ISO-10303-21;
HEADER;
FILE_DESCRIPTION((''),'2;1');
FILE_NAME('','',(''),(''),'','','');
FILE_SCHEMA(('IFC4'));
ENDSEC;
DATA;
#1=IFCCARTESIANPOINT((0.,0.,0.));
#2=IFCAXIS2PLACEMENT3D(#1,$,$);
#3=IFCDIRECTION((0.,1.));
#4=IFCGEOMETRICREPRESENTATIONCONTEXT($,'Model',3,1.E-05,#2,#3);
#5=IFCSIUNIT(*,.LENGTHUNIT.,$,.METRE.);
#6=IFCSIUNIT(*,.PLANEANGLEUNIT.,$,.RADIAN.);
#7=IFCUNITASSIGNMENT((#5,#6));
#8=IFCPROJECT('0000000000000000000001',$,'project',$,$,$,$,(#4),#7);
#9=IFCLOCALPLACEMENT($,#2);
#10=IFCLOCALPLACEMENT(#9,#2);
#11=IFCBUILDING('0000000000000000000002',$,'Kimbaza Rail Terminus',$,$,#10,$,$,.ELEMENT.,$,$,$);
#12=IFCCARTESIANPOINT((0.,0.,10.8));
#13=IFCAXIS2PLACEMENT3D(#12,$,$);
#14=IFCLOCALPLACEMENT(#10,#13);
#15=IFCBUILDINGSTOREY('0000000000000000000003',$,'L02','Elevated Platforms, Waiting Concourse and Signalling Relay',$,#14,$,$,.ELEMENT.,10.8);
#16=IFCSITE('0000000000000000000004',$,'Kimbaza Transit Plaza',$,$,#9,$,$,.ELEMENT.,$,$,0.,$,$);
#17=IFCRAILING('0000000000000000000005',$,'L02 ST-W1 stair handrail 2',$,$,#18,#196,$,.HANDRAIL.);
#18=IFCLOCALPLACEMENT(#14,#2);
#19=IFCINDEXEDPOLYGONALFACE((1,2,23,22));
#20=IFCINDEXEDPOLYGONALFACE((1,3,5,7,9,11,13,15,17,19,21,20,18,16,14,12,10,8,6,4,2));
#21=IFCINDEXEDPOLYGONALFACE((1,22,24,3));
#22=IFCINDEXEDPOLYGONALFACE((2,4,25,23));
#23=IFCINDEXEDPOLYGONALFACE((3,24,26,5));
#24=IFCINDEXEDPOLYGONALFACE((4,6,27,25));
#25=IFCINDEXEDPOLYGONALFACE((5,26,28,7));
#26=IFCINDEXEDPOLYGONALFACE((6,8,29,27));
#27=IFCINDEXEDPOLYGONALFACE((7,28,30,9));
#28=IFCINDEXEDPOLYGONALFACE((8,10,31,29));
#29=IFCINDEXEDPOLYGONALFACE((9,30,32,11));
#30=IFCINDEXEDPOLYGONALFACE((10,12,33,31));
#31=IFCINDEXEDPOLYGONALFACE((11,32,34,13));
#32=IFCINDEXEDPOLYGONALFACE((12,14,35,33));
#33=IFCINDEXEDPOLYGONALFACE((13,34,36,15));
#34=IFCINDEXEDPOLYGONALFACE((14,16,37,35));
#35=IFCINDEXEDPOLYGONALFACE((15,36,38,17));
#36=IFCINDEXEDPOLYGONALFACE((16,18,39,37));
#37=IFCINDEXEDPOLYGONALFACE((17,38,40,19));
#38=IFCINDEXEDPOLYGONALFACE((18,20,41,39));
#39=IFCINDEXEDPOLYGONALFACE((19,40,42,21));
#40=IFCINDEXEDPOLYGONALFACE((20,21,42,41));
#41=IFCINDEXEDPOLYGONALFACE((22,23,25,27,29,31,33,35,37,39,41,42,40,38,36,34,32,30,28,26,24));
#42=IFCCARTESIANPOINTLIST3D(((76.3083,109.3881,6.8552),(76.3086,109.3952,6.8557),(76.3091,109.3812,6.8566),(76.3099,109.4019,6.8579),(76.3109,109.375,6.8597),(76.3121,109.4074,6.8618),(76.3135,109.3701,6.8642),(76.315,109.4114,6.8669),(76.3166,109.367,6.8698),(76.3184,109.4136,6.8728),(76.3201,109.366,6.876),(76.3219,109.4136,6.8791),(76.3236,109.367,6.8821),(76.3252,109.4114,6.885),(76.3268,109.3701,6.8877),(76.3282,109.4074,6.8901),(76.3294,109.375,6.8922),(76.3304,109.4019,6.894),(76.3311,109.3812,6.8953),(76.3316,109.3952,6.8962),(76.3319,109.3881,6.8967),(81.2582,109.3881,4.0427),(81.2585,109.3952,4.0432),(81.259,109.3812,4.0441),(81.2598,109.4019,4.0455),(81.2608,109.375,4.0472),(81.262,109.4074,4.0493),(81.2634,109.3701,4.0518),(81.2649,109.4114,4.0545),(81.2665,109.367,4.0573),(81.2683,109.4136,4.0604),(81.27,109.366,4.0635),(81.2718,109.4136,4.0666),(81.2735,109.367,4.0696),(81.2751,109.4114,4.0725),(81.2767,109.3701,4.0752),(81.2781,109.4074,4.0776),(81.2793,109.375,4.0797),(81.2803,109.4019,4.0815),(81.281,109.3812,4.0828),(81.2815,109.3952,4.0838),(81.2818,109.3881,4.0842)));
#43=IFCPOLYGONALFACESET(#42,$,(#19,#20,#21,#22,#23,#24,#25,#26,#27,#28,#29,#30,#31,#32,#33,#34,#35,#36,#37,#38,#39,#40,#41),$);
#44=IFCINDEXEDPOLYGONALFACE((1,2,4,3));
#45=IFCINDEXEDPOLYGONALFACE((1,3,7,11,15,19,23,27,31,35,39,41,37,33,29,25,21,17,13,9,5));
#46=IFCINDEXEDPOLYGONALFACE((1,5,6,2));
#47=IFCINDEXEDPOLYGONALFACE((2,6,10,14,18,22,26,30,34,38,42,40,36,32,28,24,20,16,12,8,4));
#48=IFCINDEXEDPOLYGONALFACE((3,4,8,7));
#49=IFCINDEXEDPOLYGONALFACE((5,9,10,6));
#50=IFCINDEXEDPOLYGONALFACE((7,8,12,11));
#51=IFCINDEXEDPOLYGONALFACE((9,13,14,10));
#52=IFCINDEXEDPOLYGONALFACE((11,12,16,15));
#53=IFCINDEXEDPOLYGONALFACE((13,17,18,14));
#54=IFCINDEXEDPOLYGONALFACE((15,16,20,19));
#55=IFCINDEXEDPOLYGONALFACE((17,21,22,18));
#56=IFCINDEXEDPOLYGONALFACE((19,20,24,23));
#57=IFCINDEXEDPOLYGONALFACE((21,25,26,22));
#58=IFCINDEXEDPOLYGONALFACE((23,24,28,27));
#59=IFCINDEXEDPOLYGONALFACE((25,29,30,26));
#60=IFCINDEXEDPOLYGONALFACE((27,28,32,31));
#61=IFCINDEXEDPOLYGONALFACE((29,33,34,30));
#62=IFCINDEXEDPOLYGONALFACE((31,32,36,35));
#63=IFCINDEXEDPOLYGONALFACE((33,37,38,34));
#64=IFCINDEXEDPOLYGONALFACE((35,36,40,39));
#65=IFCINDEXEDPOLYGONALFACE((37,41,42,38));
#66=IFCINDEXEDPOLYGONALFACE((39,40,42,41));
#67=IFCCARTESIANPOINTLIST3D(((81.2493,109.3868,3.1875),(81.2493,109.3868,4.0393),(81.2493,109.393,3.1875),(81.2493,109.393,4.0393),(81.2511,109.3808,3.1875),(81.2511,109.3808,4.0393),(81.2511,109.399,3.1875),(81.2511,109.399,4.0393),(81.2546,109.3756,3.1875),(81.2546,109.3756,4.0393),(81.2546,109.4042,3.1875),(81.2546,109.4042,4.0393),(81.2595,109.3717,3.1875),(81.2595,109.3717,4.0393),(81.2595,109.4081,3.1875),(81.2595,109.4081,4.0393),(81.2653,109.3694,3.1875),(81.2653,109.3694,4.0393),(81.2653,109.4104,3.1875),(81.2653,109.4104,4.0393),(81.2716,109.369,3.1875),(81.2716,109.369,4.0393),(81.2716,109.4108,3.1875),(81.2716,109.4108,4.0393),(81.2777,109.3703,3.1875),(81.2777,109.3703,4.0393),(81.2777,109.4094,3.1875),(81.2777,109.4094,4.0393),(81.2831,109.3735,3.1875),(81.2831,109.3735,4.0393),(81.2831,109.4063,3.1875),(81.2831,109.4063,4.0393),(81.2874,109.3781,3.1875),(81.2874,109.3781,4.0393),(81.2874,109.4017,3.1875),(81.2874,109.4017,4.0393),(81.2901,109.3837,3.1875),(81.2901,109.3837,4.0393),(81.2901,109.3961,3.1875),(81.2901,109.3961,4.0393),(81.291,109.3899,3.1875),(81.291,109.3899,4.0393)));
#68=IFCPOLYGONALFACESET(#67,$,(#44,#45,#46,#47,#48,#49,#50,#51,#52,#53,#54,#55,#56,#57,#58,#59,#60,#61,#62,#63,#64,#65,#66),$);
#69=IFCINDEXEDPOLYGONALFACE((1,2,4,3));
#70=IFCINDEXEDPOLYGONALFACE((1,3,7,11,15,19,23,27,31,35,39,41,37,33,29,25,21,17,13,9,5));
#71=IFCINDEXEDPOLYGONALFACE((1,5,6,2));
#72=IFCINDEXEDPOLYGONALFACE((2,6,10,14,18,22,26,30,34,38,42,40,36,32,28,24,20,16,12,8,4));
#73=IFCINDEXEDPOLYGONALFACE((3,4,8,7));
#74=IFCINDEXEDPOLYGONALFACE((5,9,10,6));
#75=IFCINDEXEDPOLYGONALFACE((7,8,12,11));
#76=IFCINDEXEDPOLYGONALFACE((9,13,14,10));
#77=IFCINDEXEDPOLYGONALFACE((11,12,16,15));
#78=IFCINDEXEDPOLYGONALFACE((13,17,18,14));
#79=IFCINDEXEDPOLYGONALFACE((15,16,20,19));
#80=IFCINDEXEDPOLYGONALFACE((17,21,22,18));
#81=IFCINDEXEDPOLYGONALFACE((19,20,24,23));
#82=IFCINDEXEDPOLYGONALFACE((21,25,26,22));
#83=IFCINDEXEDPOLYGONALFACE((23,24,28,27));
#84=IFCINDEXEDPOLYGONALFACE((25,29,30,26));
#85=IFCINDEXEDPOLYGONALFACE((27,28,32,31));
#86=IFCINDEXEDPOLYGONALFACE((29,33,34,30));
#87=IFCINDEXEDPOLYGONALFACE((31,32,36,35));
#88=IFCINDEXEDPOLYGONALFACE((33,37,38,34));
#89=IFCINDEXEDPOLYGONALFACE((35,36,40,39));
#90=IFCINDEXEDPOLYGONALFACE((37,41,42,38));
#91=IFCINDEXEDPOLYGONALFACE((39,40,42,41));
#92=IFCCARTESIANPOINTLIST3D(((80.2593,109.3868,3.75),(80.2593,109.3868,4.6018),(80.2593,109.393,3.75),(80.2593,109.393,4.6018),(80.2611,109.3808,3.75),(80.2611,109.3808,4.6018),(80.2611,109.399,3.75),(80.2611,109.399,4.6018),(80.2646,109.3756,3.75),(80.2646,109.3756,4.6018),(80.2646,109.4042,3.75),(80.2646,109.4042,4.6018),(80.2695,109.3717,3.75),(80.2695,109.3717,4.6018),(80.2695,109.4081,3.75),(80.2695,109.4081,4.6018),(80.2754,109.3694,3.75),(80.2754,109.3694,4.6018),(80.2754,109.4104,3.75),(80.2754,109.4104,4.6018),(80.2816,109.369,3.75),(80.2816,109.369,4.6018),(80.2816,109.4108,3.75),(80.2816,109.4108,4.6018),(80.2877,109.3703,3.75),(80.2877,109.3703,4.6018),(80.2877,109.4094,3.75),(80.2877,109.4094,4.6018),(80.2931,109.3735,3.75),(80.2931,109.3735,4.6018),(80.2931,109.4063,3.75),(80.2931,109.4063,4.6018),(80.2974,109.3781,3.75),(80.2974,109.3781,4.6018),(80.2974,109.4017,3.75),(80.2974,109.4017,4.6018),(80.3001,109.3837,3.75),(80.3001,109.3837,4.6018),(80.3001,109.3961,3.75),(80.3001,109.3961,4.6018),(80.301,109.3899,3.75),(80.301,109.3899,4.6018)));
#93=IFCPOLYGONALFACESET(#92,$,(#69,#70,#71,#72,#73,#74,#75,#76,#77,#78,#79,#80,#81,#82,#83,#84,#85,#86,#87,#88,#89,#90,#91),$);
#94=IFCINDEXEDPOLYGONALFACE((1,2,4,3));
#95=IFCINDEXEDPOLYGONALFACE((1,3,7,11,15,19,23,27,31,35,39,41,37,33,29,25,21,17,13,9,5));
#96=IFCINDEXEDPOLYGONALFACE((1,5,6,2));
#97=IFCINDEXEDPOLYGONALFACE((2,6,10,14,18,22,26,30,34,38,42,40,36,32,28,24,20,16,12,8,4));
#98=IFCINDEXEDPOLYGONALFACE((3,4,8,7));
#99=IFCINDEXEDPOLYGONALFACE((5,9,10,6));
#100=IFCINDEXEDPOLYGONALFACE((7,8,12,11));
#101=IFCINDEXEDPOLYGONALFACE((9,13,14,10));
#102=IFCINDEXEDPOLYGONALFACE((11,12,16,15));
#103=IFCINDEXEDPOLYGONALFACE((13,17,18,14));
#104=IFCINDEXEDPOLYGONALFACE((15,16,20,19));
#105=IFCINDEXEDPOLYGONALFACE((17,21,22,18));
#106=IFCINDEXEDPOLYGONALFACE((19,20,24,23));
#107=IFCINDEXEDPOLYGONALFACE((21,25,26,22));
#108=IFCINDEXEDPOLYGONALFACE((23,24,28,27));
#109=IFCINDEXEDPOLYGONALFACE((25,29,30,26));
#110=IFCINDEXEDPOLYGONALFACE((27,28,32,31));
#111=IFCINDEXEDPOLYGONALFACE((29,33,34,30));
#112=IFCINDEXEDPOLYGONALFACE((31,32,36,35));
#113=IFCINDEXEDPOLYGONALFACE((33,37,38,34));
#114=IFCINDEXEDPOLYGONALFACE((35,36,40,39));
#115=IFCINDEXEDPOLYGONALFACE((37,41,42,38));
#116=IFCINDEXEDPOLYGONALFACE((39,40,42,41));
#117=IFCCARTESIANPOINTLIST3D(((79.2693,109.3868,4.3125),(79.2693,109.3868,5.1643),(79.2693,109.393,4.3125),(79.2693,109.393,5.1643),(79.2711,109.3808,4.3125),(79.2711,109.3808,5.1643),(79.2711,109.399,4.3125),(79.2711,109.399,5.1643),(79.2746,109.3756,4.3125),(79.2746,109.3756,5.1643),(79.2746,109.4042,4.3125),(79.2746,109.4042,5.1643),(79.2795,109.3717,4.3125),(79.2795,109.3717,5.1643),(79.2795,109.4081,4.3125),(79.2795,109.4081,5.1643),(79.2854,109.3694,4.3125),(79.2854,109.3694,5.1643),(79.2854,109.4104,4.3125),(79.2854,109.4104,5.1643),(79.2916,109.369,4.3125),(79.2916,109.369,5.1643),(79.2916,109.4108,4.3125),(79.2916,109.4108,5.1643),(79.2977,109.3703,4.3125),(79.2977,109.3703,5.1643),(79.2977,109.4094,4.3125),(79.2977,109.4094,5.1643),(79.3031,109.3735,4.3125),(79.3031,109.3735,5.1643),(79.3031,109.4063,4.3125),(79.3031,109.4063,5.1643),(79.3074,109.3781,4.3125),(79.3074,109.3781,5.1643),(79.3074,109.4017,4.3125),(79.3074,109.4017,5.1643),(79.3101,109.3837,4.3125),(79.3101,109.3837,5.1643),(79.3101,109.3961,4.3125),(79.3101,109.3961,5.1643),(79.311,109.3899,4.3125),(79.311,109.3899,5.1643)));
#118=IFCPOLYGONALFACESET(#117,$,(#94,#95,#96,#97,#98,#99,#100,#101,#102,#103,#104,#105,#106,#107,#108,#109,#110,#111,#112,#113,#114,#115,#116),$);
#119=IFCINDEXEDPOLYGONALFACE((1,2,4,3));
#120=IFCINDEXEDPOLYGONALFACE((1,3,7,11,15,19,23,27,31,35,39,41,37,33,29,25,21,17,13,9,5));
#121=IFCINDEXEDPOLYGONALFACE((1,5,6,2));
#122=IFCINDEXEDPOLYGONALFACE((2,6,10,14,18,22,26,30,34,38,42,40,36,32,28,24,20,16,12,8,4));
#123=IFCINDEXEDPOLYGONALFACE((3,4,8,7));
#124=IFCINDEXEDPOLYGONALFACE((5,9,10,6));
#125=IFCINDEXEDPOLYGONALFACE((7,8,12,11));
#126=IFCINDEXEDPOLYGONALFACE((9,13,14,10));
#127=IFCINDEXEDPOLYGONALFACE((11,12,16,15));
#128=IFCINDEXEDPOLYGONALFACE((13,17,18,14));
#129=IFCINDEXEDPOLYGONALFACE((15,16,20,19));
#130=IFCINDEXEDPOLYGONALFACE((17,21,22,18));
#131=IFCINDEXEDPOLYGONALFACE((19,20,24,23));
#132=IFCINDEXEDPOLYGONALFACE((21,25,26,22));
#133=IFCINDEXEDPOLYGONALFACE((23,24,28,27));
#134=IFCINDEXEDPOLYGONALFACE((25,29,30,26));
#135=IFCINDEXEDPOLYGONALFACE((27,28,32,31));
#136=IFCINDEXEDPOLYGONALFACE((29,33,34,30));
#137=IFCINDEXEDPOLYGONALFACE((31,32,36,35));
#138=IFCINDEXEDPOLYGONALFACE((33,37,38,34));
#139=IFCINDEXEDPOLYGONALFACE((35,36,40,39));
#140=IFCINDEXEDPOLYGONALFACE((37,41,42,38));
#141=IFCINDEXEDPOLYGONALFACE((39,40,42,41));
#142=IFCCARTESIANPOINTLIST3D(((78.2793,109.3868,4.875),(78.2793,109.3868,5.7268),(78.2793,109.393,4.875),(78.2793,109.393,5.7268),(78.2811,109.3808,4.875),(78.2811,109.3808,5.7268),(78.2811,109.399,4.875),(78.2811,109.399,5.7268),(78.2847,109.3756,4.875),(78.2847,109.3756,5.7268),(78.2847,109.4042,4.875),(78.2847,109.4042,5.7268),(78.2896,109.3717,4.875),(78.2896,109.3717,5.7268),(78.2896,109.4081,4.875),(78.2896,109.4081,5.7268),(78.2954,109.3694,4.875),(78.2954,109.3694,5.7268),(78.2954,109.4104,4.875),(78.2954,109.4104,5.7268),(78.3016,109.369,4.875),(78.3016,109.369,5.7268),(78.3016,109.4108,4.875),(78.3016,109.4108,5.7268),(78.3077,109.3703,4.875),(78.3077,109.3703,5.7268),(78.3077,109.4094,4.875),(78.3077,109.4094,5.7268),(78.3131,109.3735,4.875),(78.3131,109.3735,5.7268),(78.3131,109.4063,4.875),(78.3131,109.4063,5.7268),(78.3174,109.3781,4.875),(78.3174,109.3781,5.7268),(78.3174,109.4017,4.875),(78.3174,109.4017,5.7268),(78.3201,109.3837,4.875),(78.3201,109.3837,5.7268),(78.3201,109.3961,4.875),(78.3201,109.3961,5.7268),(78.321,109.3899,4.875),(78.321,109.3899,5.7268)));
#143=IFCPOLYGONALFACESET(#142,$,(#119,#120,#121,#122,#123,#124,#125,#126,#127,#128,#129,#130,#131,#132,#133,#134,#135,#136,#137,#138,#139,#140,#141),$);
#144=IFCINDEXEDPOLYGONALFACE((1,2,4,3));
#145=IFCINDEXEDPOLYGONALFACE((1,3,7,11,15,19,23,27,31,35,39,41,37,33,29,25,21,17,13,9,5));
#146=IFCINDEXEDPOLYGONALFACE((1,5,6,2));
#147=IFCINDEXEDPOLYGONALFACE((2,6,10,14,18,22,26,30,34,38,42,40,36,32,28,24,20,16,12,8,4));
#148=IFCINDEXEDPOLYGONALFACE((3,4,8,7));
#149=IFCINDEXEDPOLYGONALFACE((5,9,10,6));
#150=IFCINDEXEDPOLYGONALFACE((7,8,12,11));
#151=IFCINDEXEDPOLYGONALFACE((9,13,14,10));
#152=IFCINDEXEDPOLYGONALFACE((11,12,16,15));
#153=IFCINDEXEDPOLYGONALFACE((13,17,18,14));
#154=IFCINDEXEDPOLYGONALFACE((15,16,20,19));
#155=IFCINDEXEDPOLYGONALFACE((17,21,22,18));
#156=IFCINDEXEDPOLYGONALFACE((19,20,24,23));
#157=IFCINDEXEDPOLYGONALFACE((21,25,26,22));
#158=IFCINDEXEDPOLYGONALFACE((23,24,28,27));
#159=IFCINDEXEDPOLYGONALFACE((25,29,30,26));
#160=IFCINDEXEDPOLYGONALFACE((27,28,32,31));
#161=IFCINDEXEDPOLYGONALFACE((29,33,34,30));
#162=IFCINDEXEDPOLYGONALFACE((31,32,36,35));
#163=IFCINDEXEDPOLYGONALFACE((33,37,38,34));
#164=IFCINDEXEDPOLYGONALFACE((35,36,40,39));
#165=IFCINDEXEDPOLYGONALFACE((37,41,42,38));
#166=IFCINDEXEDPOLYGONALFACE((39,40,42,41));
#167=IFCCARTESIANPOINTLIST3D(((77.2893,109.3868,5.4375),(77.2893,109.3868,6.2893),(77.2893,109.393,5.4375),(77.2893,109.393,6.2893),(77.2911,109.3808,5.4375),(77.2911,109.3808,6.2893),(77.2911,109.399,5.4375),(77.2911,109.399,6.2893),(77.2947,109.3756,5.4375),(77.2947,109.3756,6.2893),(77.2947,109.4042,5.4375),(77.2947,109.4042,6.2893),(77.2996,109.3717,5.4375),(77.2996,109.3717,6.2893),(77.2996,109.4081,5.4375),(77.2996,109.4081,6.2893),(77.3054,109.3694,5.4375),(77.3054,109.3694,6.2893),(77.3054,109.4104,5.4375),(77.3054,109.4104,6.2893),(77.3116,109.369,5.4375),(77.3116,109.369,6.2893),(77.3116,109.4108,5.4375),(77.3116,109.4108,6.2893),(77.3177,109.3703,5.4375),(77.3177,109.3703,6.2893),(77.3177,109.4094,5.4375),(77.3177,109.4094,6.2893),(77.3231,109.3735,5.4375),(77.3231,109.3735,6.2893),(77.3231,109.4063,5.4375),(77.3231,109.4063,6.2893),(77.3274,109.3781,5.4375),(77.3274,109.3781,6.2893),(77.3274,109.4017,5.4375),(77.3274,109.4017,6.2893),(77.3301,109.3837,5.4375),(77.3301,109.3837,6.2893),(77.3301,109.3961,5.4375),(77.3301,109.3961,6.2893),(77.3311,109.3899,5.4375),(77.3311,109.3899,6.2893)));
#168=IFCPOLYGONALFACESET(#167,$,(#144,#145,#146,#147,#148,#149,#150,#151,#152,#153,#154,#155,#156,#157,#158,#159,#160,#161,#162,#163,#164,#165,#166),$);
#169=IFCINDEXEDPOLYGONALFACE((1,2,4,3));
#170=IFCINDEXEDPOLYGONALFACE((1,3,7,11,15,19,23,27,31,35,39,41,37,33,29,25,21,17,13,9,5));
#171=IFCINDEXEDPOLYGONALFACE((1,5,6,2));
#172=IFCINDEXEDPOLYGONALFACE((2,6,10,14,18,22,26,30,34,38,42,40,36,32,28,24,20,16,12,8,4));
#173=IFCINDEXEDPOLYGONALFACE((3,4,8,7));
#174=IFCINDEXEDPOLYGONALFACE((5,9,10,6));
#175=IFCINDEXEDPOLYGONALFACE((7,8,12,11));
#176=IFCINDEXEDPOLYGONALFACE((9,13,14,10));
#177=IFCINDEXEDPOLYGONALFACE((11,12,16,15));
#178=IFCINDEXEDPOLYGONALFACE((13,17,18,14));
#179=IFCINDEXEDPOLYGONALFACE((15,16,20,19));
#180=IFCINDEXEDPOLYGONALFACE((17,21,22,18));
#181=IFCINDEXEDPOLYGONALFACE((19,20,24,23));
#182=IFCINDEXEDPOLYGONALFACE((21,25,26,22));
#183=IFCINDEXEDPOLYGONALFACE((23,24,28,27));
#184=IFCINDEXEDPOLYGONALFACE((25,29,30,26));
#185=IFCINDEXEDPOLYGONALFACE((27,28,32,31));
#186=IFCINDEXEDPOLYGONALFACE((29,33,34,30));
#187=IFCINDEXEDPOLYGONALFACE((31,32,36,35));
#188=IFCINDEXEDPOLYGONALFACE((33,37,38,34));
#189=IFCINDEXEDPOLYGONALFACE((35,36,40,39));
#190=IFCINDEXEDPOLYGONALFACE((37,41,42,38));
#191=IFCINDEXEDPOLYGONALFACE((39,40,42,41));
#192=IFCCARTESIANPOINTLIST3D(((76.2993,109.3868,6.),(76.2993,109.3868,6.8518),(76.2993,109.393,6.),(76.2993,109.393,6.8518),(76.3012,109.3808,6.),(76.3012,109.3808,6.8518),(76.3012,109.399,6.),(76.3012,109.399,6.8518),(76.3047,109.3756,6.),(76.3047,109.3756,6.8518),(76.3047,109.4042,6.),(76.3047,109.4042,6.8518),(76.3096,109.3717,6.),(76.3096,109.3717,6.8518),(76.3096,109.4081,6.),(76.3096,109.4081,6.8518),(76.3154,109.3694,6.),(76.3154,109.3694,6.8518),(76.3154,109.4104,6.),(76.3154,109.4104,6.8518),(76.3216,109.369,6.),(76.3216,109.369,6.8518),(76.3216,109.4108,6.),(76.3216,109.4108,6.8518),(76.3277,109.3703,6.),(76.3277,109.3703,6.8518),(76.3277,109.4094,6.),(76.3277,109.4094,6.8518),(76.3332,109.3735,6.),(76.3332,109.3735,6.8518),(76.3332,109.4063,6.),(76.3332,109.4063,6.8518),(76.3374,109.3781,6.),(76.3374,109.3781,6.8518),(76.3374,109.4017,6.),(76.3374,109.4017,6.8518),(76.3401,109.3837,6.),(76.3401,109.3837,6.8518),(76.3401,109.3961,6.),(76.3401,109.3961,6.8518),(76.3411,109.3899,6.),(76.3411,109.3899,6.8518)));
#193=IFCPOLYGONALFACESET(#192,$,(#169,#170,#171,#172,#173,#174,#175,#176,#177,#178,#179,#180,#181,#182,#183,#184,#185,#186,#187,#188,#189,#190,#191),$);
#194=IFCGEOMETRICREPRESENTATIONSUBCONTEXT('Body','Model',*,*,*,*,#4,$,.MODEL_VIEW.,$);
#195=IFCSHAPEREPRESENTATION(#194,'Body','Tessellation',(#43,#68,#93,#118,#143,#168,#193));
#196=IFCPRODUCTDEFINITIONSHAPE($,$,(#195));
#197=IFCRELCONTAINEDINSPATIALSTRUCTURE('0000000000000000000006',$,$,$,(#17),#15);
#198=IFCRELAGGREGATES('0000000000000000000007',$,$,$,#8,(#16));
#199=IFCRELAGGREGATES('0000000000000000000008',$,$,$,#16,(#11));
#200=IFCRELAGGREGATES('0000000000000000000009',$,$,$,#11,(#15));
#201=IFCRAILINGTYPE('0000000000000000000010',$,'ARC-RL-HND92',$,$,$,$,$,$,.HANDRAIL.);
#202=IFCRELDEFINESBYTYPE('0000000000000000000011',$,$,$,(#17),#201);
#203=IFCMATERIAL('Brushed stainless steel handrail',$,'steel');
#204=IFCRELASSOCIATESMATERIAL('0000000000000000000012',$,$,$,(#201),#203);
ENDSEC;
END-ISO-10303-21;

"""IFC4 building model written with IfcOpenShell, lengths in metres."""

from ifc_helpers import new_model, si_unit, direction, frame, origin, origin_2d, place, context, subcontext, project, spatial, circle, extrude, material, type_object, element, save


model = new_model("IFC4")

# Units and contexts
model_context = context("Model", 3, precision=1e-05, world=origin(), true_north=direction((0.0, 1.0)))
body_context = subcontext(model_context, "Body", "Model", "MODEL_VIEW")
ifc_project = project(units=[si_unit("LENGTHUNIT", "METRE"), si_unit("PLANEANGLEUNIT", "RADIAN")], contexts=[model_context])

# Site, building, storey
site_placement = place(None, origin())
site = spatial("IfcSite", under=ifc_project, at=site_placement, Name="Kimbaza Transit Plaza", CompositionType="ELEMENT", RefElevation=0.0)
building_placement = place(site_placement, origin())
building = spatial("IfcBuilding", under=site, at=building_placement, Name="Kimbaza Rail Terminus", CompositionType="ELEMENT")
storey_placement = place(building_placement, frame((0.0, 0.0, 10.8)))
storey = spatial("IfcBuildingStorey", under=building, at=storey_placement, Name="L02", Description="Elevated Platforms, Waiting Concourse and Signalling Relay", CompositionType="ELEMENT", Elevation=10.8)

# Railing
ifc_material_1 = material(Name="Brushed stainless steel handrail", Category="steel")
railing_type_1 = type_object("IfcRailingType", Name="ARC-RL-HND92", PredefinedType="HANDRAIL", material=ifc_material_1)
railing_1_placement = place(storey_placement, frame((81.27, 109.3899, 3.1875)))
element("IfcRailing", 1, at=railing_1_placement, inside=storey, type_object=railing_type_1, Name="L02 ST-W1 stair handrail 2", PredefinedType="HANDRAIL", context=body_context, shape_type="SweptSolid", body=[
    extrude(circle(Radius=0.0239, at=origin_2d()), frame((0.0, 0.0, 0.876), z_axis=(-0.869454, 0.0, 0.494013), x_axis=(0.0, -1.0, 0.0)), (0.0, 0.0, 1.0), 5.6931),
    extrude(circle(Radius=0.021, at=origin_2d()), origin(), (0.0, 0.0, 1.0), 0.8518),
    extrude(circle(Radius=0.021, at=origin_2d()), frame((-0.99, 0.0, 0.5625)), (0.0, 0.0, 1.0), 0.8518),
    extrude(circle(Radius=0.021, at=origin_2d()), frame((-1.98, 0.0, 1.125)), (0.0, 0.0, 1.0), 0.8518),
    extrude(circle(Radius=0.021, at=origin_2d()), frame((-2.97, 0.0, 1.6875)), (0.0, 0.0, 1.0), 0.8518),
    extrude(circle(Radius=0.021, at=origin_2d()), frame((-3.96, 0.0, 2.25)), (0.0, 0.0, 1.0), 0.8518),
    extrude(circle(Radius=0.021, at=origin_2d()), frame((-4.95, 0.0, 2.8125)), (0.0, 0.0, 1.0), 0.8518),
])

save(model, "model.ifc")
